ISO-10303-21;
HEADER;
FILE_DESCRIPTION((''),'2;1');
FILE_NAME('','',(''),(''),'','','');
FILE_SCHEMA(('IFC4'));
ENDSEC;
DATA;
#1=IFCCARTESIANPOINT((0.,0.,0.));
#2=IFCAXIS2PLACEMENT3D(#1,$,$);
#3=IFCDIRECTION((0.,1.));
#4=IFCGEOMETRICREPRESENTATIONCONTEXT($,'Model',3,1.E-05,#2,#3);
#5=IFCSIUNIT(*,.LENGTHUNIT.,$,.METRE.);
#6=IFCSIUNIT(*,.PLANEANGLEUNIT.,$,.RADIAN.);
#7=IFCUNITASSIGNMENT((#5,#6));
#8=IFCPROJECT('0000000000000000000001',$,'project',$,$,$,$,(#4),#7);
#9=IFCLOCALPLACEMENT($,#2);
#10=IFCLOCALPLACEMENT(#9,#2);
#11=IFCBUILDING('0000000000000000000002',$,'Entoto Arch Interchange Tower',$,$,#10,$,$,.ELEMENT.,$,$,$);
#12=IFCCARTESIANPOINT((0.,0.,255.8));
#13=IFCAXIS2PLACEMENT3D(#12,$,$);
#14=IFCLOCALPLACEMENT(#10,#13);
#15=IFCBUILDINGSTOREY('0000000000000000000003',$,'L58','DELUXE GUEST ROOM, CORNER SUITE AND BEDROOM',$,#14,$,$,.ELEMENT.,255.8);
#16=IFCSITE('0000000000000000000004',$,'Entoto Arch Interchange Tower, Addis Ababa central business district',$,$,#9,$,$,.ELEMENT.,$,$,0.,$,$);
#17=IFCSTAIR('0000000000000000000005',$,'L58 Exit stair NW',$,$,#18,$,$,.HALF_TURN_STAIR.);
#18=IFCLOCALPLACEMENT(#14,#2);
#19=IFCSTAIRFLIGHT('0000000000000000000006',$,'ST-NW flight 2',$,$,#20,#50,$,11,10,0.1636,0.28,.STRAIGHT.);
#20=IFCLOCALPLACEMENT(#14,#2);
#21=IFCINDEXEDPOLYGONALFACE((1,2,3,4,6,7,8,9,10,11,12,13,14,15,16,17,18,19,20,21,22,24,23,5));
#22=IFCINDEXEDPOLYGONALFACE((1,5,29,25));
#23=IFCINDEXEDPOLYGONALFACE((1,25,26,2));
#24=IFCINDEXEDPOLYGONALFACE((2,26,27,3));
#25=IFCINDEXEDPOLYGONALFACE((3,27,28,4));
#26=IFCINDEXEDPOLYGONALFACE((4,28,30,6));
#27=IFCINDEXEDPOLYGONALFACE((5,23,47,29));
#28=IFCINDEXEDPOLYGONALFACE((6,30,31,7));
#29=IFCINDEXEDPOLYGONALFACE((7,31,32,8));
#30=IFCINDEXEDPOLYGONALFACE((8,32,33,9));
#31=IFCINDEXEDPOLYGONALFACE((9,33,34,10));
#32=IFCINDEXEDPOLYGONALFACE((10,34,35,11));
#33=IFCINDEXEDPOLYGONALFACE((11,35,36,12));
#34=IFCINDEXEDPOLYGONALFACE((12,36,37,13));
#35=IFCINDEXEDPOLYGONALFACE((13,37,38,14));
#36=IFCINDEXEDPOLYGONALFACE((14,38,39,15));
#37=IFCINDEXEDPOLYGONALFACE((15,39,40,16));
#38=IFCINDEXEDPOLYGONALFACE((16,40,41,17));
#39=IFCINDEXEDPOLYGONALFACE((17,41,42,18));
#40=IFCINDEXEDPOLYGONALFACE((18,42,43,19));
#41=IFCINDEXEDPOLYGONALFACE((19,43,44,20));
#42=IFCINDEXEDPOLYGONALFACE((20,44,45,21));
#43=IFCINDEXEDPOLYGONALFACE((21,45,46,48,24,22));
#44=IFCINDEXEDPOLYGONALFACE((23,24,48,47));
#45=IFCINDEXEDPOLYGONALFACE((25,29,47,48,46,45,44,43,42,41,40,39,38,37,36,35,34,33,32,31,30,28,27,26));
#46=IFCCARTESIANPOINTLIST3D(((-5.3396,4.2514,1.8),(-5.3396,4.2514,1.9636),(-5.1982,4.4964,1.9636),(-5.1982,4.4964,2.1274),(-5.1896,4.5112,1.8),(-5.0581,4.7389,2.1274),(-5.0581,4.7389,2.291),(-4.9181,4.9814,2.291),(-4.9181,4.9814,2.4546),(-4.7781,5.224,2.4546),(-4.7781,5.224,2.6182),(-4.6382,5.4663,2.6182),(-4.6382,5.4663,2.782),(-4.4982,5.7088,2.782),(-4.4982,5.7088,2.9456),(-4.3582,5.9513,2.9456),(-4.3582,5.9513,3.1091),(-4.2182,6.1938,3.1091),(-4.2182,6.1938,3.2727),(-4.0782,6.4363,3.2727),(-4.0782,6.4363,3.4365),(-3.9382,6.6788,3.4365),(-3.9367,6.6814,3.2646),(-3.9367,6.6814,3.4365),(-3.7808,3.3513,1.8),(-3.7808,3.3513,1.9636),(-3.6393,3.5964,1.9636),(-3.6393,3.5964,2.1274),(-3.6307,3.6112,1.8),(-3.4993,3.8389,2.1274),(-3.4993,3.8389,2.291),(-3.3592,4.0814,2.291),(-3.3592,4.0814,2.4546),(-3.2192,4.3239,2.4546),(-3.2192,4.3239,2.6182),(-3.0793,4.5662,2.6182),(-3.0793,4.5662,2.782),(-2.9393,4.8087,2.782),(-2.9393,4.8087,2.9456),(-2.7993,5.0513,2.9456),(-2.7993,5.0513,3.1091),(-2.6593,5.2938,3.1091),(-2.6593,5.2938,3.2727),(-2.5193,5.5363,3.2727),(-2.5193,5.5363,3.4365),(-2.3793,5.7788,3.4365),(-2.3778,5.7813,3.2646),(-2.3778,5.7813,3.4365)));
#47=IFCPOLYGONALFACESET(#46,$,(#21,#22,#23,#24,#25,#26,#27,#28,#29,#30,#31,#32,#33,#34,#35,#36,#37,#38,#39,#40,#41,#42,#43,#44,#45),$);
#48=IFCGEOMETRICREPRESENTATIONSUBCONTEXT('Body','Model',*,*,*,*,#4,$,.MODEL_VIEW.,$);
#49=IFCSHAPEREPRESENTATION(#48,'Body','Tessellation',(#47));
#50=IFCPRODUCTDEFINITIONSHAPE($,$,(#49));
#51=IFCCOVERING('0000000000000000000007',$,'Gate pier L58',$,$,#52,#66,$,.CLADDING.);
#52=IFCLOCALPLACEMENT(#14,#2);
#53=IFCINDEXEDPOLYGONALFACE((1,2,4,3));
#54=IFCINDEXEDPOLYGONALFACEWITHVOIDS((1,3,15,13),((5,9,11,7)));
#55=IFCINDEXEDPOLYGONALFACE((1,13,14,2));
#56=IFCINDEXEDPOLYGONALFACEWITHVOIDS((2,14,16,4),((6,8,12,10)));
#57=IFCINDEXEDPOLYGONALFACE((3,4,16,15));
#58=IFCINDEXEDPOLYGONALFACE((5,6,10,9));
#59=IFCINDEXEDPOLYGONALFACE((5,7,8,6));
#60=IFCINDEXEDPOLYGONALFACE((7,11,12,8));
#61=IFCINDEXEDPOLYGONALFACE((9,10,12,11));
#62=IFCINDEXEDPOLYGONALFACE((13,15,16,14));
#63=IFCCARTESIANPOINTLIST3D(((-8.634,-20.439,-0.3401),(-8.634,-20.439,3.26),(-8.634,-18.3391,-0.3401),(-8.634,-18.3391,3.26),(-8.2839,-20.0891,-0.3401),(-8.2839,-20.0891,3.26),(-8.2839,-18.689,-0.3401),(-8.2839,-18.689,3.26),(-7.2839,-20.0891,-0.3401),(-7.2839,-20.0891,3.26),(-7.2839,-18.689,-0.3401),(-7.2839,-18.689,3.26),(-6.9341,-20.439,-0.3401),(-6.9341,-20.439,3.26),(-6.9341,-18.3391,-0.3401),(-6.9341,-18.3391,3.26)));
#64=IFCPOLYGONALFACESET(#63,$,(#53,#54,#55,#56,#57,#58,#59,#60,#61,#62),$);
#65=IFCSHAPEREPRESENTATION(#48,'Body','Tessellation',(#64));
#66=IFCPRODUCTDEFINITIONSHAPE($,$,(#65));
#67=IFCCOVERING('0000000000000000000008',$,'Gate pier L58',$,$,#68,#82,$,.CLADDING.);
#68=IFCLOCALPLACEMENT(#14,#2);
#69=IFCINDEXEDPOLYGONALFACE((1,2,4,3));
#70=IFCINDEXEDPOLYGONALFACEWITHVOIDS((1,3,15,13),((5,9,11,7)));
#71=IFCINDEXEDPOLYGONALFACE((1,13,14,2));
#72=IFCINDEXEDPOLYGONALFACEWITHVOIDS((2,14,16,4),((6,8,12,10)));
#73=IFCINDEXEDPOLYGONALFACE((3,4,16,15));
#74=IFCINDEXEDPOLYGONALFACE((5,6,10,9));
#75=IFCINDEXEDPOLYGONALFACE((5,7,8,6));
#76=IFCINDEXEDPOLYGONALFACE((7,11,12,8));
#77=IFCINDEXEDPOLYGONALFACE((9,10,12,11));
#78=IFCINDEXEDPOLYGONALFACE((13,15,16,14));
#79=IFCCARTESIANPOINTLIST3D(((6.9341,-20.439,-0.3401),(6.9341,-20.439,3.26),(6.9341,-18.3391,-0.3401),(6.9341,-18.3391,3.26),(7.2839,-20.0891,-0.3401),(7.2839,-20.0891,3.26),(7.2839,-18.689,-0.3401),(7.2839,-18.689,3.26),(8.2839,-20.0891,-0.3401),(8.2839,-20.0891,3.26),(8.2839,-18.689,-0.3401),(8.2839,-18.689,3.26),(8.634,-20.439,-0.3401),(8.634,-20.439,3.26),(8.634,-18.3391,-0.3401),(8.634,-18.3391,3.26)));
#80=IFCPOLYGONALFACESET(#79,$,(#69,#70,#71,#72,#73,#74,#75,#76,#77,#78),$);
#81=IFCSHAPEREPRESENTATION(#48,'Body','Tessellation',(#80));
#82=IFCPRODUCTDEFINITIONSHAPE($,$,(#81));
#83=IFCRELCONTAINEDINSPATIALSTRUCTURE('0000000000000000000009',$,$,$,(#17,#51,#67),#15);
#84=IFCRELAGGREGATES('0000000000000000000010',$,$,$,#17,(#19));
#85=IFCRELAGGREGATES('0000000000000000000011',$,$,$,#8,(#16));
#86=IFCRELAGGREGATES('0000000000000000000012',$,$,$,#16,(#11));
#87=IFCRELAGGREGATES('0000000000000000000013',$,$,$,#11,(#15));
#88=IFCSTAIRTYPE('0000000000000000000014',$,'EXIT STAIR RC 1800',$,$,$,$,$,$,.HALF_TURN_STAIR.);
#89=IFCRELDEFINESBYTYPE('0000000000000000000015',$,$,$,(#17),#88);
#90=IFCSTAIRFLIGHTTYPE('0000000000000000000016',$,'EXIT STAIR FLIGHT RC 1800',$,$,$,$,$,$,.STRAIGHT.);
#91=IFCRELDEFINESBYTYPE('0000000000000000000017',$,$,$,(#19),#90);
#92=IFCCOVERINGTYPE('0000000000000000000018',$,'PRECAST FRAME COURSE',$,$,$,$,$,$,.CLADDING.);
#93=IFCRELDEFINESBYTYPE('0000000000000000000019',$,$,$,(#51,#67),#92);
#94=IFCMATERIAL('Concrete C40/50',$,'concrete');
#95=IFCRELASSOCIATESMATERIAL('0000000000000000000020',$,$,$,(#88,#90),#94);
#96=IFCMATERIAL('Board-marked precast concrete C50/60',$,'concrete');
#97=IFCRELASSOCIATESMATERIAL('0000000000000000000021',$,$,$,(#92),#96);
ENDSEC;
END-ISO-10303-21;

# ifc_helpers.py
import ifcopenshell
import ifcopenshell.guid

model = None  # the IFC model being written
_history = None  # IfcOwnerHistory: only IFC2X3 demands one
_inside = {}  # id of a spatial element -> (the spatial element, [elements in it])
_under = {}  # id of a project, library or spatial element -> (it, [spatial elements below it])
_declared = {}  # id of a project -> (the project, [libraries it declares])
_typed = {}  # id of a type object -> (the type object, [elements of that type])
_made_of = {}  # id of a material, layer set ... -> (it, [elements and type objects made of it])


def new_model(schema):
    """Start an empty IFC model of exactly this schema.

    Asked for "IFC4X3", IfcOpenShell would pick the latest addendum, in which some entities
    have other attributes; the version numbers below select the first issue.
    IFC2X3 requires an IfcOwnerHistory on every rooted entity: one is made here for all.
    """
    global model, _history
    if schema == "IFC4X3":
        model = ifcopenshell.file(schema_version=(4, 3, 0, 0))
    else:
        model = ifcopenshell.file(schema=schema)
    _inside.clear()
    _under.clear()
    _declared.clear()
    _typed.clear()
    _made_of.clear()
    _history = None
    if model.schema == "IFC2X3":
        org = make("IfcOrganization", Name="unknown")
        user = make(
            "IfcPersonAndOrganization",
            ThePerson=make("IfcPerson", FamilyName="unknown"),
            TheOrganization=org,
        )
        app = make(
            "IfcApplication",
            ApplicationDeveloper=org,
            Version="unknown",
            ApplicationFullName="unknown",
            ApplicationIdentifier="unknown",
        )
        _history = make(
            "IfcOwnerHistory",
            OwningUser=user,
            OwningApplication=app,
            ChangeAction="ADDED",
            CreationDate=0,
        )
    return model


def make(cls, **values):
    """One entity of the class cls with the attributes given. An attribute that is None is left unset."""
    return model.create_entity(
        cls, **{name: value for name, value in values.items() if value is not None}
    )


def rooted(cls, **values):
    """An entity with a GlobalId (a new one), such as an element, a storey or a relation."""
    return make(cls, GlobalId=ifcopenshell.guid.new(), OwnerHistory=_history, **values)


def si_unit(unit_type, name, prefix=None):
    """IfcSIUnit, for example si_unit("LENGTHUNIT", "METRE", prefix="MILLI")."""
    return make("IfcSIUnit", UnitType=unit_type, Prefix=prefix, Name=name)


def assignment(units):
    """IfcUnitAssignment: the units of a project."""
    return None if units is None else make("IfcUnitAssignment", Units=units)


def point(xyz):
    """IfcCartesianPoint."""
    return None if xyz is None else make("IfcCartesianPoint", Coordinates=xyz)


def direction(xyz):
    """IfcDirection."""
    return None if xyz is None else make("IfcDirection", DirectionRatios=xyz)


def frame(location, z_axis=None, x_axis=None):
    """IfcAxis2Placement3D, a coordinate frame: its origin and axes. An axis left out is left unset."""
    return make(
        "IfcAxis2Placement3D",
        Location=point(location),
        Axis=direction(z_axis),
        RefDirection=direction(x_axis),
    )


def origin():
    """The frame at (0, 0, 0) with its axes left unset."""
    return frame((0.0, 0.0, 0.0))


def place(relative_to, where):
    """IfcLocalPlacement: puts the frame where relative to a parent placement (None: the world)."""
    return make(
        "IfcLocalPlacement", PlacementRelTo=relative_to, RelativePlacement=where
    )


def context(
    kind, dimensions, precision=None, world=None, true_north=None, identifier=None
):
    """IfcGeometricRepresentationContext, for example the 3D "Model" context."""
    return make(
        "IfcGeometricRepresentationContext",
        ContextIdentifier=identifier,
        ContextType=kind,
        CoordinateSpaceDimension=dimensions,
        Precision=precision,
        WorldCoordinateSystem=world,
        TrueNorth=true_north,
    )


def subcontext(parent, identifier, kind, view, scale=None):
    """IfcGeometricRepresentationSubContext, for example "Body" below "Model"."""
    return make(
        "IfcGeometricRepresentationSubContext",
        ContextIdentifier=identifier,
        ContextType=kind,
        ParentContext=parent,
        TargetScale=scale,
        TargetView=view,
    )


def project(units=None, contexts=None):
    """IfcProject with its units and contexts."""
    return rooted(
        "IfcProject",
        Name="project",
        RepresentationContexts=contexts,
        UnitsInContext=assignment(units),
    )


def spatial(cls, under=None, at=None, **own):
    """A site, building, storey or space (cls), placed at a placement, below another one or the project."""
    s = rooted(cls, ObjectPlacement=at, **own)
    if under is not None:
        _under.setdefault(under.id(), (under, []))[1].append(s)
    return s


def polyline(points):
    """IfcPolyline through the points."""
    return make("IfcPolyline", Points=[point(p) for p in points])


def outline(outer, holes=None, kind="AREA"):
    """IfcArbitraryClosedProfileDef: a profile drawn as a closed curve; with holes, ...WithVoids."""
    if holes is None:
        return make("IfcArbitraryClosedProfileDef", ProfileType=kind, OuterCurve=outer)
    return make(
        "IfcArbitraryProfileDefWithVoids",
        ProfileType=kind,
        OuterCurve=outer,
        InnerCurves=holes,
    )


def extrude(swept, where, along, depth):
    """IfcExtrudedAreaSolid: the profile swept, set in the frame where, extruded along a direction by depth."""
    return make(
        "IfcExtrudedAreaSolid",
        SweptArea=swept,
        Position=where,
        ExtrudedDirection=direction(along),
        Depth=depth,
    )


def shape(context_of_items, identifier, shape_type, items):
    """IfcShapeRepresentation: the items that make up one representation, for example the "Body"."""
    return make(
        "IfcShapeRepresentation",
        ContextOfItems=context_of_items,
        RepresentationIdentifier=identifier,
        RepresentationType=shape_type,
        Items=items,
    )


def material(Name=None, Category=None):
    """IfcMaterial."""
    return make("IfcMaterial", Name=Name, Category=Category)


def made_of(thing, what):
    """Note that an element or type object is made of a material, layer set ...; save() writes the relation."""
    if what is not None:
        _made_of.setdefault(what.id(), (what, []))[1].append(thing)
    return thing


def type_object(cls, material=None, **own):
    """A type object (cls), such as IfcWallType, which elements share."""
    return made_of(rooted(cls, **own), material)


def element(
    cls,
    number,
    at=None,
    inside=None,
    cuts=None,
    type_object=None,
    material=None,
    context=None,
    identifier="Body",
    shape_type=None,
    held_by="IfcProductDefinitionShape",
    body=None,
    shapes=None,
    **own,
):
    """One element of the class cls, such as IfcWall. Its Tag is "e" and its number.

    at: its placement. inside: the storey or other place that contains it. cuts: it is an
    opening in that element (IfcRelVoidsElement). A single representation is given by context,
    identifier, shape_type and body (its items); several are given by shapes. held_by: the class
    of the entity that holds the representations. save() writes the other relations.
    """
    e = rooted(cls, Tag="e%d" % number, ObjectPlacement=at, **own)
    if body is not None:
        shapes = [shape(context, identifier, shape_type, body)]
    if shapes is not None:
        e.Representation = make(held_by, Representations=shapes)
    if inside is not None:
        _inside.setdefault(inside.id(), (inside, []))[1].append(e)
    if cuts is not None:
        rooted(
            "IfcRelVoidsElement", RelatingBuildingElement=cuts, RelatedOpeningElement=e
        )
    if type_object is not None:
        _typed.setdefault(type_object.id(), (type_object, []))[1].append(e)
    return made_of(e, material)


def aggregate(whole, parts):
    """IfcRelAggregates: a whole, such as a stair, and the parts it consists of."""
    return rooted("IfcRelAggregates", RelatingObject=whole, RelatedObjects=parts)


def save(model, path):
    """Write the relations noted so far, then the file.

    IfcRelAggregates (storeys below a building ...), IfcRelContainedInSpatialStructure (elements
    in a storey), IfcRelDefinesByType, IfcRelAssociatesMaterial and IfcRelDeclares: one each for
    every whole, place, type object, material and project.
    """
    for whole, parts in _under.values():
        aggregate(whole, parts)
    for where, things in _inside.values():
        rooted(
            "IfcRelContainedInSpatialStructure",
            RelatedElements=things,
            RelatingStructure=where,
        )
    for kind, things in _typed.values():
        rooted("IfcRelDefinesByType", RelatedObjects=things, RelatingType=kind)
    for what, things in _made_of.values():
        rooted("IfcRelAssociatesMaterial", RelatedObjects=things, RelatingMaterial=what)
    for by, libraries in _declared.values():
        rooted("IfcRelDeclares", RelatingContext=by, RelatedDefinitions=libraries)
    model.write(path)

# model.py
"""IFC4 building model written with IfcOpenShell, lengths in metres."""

from ifc_helpers import new_model, si_unit, direction, frame, origin, place, context, subcontext, project, spatial, polyline, outline, extrude, material, type_object, element, aggregate, save


model = new_model("IFC4")

# Units and contexts
model_context = context("Model", 3, precision=1e-05, world=origin(), true_north=direction((0.0, 1.0)))
body_context = subcontext(model_context, "Body", "Model", "MODEL_VIEW")
ifc_project = project(units=[si_unit("LENGTHUNIT", "METRE"), si_unit("PLANEANGLEUNIT", "RADIAN")], contexts=[model_context])

# Site, building, storey
site_placement = place(None, origin())
site = spatial("IfcSite", under=ifc_project, at=site_placement, Name="Entoto Arch Interchange Tower, Addis Ababa central business district", CompositionType="ELEMENT", RefElevation=0.0)
building_placement = place(site_placement, origin())
building = spatial("IfcBuilding", under=site, at=building_placement, Name="Entoto Arch Interchange Tower", CompositionType="ELEMENT")
storey_placement = place(building_placement, frame((0.0, 0.0, 255.8)))
storey = spatial("IfcBuildingStorey", under=building, at=storey_placement, Name="L58", Description="DELUXE GUEST ROOM, CORNER SUITE AND BEDROOM", CompositionType="ELEMENT", Elevation=255.8)

# Shared definitions
ifc_material_1 = material(Name="Concrete C40/50", Category="concrete")

# Stair
stair_type = type_object("IfcStairType", Name="EXIT STAIR RC 1800", PredefinedType="HALF_TURN_STAIR", material=ifc_material_1)
stair_1_placement = place(storey_placement, origin())
stair_1 = element("IfcStair", 1, at=stair_1_placement, inside=storey, type_object=stair_type, Name="L58 Exit stair NW", PredefinedType="HALF_TURN_STAIR")

# Stair flight
stair_flight_type = type_object("IfcStairFlightType", Name="EXIT STAIR FLIGHT RC 1800", PredefinedType="STRAIGHT", material=ifc_material_1)
stair_flight_1_placement = place(storey_placement, frame((-4.5588, 3.804, 1.8), z_axis=(0.0, 0.0, 1.0), x_axis=(0.5, 0.866025, 0.0)))
stair_flight_1 = element("IfcStairFlight", 2, at=stair_flight_1_placement, type_object=stair_flight_type, Name="ST-NW flight 2", NumberOfRisers=11, NumberOfTreads=10, PredefinedType="STRAIGHT", RiserHeight=0.1636, TreadLength=0.28, context=body_context, shape_type="SweptSolid", body=[
    extrude(outline(polyline([(-0.0029, 0.0), (-0.0029, 0.1636), (0.28, 0.1636), (0.28, 0.3274), (0.5601, 0.3274), (0.5601, 0.491), (0.8401, 0.491), (0.8401, 0.6545), (1.1201, 0.6545), (1.1201, 0.8181), (1.3999, 0.8181), (1.3999, 0.9819), (1.6799, 0.9819), (1.6799, 1.1455), (1.96, 1.1455), (1.96, 1.3091), (2.24, 1.3091), (2.24, 1.4727), (2.52, 1.4727), (2.52, 1.6365), (2.8, 1.6365), (2.803, 1.6365), (2.803, 1.4646), (0.2971, 0.0), (-0.0029, 0.0)])), frame((0.0, 0.8999, 0.0), z_axis=(0.0, -1.0, 0.0), x_axis=(1.0, 0.0, 0.0)), (0.0, 0.0, 1.0), 1.8),
])
aggregate(stair_1, [stair_flight_1])

# Coverings
ifc_material_2 = material(Name="Board-marked precast concrete C50/60", Category="concrete")
covering_type = type_object("IfcCoveringType", Name="PRECAST FRAME COURSE", PredefinedType="CLADDING", material=ifc_material_2)
covering_1_placement = place(storey_placement, frame((0.0, 0.0, -0.3401)))
element("IfcCovering", 3, at=covering_1_placement, inside=storey, type_object=covering_type, Name="Gate pier L58", PredefinedType="CLADDING", context=body_context, shape_type="SweptSolid", body=[
    extrude(outline(polyline([(-8.634, -18.3391), (-6.9341, -18.3391), (-6.9341, -20.439), (-8.634, -20.439), (-8.634, -18.3391)]), holes=[polyline([(-8.2839, -18.689), (-8.2839, -20.0891), (-7.2839, -20.0891), (-7.2839, -18.689), (-8.2839, -18.689)])]), origin(), (0.0, 0.0, 1.0), 3.6001),
])
covering_2_placement = place(storey_placement, frame((0.0, 0.0, -0.3401)))
element("IfcCovering", 4, at=covering_2_placement, inside=storey, type_object=covering_type, Name="Gate pier L58", PredefinedType="CLADDING", context=body_context, shape_type="SweptSolid", body=[
    extrude(outline(polyline([(6.9341, -18.3391), (8.634, -18.3391), (8.634, -20.439), (6.9341, -20.439), (6.9341, -18.3391)]), holes=[polyline([(7.2839, -18.689), (7.2839, -20.0891), (8.2839, -20.0891), (8.2839, -18.689), (7.2839, -18.689)])]), origin(), (0.0, 0.0, 1.0), 3.6001),
])

save(model, "model.ifc")
